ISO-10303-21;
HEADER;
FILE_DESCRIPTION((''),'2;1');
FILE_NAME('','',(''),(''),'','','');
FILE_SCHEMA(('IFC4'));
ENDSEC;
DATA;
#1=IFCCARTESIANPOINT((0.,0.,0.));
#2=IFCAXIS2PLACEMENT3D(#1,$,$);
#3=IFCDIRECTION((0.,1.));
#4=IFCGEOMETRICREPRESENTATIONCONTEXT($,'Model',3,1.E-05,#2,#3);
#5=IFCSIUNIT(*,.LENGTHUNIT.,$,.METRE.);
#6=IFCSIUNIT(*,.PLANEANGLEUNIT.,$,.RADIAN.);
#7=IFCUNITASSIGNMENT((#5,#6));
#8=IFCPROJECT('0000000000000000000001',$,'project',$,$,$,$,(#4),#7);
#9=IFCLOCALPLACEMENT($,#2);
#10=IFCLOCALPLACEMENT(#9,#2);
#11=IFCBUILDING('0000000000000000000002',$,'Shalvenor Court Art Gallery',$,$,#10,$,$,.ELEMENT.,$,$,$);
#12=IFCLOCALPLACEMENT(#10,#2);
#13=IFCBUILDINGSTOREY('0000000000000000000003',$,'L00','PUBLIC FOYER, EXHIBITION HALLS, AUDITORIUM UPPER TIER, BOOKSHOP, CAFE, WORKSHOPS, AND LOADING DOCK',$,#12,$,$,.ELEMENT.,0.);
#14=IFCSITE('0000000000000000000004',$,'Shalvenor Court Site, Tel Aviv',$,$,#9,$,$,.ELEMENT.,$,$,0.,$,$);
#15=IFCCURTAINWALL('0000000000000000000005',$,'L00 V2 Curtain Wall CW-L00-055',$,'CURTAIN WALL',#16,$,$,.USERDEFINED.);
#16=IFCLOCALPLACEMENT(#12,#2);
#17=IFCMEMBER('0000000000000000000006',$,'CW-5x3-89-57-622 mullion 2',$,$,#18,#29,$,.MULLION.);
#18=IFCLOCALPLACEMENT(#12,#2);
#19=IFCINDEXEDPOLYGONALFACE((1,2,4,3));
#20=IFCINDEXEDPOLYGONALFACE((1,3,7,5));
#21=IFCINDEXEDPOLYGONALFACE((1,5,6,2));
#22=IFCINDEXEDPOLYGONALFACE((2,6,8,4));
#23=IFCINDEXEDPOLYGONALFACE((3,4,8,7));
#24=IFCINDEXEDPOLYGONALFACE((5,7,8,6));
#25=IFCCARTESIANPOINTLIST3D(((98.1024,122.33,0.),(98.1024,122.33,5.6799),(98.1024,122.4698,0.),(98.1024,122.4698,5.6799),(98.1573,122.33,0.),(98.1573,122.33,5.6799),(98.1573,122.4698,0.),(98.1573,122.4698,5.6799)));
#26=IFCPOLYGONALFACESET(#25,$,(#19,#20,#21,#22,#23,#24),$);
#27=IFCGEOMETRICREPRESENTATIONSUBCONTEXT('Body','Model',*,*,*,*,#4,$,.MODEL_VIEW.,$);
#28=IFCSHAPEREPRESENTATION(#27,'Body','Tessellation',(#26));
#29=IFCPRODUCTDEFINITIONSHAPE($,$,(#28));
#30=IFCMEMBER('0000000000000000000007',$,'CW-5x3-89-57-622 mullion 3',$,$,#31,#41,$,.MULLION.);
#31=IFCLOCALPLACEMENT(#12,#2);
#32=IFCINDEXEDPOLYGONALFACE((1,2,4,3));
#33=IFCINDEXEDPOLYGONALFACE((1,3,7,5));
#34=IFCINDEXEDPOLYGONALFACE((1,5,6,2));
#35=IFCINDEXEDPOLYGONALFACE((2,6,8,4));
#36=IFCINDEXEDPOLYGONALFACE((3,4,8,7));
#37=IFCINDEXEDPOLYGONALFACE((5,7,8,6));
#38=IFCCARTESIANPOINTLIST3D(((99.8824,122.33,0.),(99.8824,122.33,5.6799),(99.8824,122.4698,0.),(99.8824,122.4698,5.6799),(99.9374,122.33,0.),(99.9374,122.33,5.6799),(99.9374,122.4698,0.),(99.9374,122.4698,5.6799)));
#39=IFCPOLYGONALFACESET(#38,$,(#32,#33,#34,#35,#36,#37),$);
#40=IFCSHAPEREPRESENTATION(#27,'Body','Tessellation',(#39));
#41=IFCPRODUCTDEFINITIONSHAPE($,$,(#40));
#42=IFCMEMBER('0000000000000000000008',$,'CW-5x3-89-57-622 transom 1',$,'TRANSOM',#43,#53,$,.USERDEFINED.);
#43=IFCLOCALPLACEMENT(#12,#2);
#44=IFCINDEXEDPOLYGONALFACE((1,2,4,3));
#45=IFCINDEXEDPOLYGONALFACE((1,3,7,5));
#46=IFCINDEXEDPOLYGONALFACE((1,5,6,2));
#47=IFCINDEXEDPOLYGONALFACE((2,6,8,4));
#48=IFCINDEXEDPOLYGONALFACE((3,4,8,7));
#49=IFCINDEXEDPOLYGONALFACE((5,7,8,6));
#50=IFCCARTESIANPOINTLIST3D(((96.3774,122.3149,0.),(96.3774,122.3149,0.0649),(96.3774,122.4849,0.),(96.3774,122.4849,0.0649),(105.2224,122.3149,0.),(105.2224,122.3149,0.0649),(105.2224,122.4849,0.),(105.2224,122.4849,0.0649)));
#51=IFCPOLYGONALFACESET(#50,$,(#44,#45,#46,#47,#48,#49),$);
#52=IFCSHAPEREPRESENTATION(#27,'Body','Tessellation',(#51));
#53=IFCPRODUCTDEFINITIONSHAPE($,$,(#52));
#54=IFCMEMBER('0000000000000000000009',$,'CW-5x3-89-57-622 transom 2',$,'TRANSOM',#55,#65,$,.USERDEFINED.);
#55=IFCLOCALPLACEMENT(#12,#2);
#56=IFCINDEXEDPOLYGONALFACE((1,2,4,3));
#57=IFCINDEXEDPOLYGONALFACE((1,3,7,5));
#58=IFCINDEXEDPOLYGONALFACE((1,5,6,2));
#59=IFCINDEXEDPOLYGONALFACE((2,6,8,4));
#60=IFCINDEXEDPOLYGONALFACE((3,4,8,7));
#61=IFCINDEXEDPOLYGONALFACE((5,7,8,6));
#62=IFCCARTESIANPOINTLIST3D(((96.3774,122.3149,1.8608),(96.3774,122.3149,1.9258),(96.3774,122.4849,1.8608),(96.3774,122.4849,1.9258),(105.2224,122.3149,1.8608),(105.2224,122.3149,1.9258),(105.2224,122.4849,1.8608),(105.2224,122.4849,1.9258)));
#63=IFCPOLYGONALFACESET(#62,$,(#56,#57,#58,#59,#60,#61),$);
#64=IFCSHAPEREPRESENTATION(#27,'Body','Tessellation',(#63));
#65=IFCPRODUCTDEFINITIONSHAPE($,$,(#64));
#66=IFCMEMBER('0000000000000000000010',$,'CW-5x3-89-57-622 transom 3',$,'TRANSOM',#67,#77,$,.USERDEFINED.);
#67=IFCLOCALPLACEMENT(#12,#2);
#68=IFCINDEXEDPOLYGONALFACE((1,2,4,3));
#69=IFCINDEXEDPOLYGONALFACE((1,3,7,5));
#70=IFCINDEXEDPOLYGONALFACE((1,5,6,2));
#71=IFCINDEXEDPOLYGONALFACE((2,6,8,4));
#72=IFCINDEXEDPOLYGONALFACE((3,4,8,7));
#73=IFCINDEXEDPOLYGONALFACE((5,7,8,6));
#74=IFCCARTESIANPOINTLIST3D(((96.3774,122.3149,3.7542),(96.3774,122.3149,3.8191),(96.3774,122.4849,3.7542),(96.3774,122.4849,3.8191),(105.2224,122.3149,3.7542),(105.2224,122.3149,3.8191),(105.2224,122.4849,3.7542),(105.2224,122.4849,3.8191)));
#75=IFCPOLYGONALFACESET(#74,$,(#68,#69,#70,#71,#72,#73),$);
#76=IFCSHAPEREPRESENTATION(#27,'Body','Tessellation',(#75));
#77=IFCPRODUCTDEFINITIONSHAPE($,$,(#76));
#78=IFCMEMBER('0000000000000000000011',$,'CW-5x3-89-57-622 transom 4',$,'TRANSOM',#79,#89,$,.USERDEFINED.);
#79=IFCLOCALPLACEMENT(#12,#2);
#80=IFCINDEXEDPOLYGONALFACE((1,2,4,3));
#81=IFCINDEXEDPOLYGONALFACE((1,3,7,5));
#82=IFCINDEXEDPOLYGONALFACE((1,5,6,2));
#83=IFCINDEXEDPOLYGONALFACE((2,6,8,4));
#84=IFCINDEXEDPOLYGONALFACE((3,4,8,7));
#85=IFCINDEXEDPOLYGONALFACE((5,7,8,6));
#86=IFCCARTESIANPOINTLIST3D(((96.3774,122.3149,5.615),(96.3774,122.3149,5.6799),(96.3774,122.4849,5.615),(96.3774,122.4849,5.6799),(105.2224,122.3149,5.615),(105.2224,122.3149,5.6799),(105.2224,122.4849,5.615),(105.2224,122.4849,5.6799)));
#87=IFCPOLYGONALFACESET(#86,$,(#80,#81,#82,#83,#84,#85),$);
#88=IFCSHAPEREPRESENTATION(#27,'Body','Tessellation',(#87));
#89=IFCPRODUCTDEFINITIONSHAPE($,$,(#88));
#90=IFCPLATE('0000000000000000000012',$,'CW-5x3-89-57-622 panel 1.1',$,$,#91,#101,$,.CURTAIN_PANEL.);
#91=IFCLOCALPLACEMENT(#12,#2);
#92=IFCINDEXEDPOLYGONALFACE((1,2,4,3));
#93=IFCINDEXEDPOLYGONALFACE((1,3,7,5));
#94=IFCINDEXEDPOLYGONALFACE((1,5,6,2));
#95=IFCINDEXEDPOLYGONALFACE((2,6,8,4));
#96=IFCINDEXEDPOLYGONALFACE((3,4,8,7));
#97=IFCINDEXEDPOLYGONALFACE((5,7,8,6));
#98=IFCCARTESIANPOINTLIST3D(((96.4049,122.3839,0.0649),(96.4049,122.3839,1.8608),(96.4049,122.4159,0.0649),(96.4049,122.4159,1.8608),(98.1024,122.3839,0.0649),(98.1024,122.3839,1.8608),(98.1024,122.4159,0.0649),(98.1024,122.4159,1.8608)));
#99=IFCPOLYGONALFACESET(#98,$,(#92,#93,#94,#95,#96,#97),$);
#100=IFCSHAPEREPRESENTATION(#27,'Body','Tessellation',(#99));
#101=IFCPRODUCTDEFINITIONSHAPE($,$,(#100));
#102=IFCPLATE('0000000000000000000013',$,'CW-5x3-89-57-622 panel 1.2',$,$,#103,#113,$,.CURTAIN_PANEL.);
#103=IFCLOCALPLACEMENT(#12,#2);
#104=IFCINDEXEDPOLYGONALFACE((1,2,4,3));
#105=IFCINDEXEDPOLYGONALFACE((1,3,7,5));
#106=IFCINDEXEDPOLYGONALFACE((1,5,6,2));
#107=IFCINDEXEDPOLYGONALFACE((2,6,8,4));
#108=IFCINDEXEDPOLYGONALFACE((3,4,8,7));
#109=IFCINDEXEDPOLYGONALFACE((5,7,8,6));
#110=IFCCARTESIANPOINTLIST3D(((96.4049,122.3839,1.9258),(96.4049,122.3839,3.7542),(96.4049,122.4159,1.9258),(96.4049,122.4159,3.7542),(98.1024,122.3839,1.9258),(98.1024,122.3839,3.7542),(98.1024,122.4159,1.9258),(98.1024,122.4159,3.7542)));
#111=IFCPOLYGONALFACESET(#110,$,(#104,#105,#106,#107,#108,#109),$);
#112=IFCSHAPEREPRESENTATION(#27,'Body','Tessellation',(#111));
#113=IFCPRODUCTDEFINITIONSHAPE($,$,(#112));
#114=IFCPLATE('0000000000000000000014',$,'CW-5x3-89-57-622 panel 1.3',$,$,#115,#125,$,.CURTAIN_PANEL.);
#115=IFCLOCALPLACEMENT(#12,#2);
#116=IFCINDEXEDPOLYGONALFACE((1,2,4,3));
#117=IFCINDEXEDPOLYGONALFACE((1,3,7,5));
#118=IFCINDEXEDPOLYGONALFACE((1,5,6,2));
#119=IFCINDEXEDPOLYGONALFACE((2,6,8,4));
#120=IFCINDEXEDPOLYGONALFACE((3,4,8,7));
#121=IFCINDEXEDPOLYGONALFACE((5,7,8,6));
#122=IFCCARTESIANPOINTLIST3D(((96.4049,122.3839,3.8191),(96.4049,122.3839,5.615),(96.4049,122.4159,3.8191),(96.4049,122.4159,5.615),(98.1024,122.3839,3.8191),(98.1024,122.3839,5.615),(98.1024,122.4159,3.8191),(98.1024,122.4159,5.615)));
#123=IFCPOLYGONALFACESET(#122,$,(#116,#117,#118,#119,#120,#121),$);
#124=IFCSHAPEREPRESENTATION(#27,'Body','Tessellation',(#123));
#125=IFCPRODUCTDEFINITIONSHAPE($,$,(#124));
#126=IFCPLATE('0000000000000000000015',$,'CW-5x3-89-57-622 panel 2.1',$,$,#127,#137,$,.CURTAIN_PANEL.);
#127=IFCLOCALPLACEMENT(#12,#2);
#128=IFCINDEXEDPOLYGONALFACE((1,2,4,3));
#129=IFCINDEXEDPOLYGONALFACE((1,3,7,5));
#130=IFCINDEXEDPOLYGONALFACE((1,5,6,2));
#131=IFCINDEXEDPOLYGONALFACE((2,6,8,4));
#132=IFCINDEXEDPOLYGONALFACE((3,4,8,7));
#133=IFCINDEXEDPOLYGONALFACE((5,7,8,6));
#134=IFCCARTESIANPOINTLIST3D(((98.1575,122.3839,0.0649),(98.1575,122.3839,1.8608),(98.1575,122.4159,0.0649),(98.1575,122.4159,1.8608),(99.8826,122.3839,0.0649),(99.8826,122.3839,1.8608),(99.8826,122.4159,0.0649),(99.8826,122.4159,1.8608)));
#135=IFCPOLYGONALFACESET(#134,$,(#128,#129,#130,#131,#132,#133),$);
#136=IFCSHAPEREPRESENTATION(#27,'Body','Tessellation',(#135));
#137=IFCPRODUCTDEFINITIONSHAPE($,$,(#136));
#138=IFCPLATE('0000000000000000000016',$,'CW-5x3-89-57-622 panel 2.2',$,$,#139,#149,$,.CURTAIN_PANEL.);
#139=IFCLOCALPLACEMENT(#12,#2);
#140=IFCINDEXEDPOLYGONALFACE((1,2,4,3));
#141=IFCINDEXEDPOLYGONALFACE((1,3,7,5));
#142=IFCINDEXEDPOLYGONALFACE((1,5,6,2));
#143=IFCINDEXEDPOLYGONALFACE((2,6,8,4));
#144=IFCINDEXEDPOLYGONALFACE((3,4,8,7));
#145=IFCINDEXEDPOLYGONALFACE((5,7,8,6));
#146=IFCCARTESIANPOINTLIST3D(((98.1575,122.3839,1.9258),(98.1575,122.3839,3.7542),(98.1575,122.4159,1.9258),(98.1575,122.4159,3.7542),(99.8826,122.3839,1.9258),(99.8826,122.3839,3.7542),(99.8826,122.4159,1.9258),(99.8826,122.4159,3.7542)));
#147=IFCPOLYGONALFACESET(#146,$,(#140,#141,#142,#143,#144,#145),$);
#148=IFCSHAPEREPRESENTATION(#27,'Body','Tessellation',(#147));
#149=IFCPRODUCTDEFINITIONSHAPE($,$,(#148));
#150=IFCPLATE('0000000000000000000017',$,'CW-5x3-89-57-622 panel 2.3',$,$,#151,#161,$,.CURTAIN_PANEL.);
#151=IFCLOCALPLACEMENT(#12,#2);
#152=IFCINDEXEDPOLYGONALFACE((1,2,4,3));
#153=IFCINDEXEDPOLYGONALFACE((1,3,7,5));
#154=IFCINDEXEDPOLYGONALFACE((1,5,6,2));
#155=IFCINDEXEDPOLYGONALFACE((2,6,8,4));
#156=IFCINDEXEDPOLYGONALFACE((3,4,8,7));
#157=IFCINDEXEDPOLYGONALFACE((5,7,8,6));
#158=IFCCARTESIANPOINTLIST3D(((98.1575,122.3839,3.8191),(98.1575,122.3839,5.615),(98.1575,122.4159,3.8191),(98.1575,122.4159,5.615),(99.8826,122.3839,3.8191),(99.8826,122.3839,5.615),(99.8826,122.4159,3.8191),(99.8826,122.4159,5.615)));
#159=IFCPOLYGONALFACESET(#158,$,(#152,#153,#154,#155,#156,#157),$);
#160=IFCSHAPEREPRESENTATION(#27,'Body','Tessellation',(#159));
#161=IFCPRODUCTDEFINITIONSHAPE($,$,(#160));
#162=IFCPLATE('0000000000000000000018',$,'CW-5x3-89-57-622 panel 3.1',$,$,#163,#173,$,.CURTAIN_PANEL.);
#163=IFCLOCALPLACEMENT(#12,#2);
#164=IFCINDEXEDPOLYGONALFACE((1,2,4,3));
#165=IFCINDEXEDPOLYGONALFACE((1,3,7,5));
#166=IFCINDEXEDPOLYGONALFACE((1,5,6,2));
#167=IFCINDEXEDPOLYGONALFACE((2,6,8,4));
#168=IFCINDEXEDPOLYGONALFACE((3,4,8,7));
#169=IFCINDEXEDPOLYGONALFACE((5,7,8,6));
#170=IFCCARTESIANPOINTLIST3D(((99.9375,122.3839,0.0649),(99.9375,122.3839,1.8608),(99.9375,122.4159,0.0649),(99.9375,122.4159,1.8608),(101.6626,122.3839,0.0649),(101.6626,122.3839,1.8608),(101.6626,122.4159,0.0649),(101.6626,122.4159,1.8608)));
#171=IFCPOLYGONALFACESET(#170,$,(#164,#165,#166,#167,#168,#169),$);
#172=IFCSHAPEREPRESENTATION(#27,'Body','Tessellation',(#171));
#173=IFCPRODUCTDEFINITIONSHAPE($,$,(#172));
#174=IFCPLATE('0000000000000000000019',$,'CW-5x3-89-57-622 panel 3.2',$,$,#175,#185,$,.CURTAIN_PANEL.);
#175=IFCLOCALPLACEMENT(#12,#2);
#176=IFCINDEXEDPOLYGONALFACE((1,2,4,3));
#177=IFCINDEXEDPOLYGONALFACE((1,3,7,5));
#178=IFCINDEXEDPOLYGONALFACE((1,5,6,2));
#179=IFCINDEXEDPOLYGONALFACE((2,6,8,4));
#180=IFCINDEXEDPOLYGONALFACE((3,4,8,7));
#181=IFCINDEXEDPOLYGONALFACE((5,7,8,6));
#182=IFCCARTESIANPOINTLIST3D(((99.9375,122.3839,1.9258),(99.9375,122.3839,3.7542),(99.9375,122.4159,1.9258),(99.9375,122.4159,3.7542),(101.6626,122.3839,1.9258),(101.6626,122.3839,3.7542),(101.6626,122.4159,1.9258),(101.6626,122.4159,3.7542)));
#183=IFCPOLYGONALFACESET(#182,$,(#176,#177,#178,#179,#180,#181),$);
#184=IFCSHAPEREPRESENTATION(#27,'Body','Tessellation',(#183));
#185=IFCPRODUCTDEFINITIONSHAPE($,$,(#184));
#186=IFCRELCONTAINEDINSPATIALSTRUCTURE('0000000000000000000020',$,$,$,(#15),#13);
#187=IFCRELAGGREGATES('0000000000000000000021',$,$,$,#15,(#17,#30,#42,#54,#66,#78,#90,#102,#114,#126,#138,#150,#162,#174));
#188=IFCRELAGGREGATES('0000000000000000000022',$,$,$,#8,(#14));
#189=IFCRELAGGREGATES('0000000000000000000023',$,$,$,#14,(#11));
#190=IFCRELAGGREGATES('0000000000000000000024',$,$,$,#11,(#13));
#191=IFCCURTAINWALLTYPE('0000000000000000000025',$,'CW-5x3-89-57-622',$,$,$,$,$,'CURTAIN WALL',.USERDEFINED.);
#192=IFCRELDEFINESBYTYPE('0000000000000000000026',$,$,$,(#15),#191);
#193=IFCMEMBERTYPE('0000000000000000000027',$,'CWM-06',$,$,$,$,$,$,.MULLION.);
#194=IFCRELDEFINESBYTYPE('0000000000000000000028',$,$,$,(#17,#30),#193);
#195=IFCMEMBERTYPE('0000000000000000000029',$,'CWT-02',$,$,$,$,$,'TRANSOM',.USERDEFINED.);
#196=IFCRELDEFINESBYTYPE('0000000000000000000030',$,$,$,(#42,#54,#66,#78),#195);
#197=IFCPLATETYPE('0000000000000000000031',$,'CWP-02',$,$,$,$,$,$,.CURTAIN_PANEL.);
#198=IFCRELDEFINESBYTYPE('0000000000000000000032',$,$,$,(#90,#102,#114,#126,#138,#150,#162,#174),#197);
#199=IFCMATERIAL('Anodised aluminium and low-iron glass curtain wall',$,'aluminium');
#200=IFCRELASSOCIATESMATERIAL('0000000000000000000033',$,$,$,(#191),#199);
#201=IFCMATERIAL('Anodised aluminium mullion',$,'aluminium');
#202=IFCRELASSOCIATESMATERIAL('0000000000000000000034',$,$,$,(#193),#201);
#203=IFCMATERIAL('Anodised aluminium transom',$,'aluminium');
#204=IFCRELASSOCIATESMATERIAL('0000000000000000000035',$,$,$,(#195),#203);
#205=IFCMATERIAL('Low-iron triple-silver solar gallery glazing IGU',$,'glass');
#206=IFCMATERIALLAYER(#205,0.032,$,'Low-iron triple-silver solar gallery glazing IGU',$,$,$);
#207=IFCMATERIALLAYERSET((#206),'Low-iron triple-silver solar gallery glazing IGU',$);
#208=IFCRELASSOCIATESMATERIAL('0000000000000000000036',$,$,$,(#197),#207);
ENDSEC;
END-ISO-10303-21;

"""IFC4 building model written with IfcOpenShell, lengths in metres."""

from ifc_helpers import new_model, si_unit, direction, frame, origin, origin_2d, place, context, subcontext, project, spatial, rectangle, extrude, material, layer, layer_set, material_profile, profile_set, type_object, element, aggregate, save


model = new_model("IFC4")

# Units and contexts
model_context = context("Model", 3, precision=1e-05, world=origin(), true_north=direction((0.0, 1.0)))
body_context = subcontext(model_context, "Body", "Model", "MODEL_VIEW")
ifc_project = project(units=[si_unit("LENGTHUNIT", "METRE"), si_unit("PLANEANGLEUNIT", "RADIAN")], contexts=[model_context])

# Site, building, storey
site_placement = place(None, origin())
site = spatial("IfcSite", under=ifc_project, at=site_placement, Name="Shalvenor Court Site, Tel Aviv", CompositionType="ELEMENT", RefElevation=0.0)
building_placement = place(site_placement, origin())
building = spatial("IfcBuilding", under=site, at=building_placement, Name="Shalvenor Court Art Gallery", CompositionType="ELEMENT")
storey_placement = place(building_placement, origin())
storey = spatial("IfcBuildingStorey", under=building, at=storey_placement, Name="L00", Description="PUBLIC FOYER, EXHIBITION HALLS, AUDITORIUM UPPER TIER, BOOKSHOP, CAFE, WORKSHOPS, AND LOADING DOCK", CompositionType="ELEMENT", Elevation=0.0)

# Curtain wall, members, plates
ifc_material_1 = material(Name="Anodised aluminium and low-iron glass curtain wall", Category="aluminium")
curtain_wall_type = type_object("IfcCurtainWallType", Name="CW-5x3-89-57-622", ElementType="CURTAIN WALL", PredefinedType="USERDEFINED", material=ifc_material_1)
curtain_wall_placement = place(storey_placement, origin())
curtain_wall = element("IfcCurtainWall", 1, at=curtain_wall_placement, inside=storey, type_object=curtain_wall_type, Name="L00 V2 Curtain Wall CW-L00-055", ObjectType="CURTAIN WALL", PredefinedType="USERDEFINED")
ifc_material_2 = material(Name="Anodised aluminium mullion", Category="aluminium")
ifc_material_profile_1 = material_profile(ifc_material_2, rectangle(XDim=0.0549, YDim=0.1399, at=origin_2d()), Name="CWM-06")
ifc_profile_set_1 = profile_set([ifc_material_profile_1], Name="Anodised aluminium mullion")
member_type_1 = type_object("IfcMemberType", Name="CWM-06", PredefinedType="MULLION", material=ifc_profile_set_1)
member_1_placement = place(storey_placement, frame((98.1299, 122.3999, 0.0), z_axis=(0.0, 0.0, 1.0), x_axis=(1.0, 0.0, 0.0)))
member_1 = element("IfcMember", 2, at=member_1_placement, type_object=member_type_1, Name="CW-5x3-89-57-622 mullion 2", PredefinedType="MULLION", context=body_context, shape_type="SweptSolid", body=[
    extrude(rectangle(XDim=0.0549, YDim=0.1399, at=origin_2d()), origin(), (0.0, 0.0, 1.0), 5.6799),
])
member_2_placement = place(storey_placement, frame((99.9099, 122.3999, 0.0), z_axis=(0.0, 0.0, 1.0), x_axis=(1.0, 0.0, 0.0)))
member_2 = element("IfcMember", 3, at=member_2_placement, type_object=member_type_1, Name="CW-5x3-89-57-622 mullion 3", PredefinedType="MULLION", context=body_context, shape_type="SweptSolid", body=[
    extrude(rectangle(XDim=0.0549, YDim=0.1399, at=origin_2d()), origin(), (0.0, 0.0, 1.0), 5.6799),
])
ifc_material_3 = material(Name="Anodised aluminium transom", Category="aluminium")
ifc_material_profile_2 = material_profile(ifc_material_3, rectangle(XDim=0.1699, YDim=0.0649, at=origin_2d()), Name="CWT-02")
ifc_profile_set_2 = profile_set([ifc_material_profile_2], Name="Anodised aluminium transom")
member_type_2 = type_object("IfcMemberType", Name="CWT-02", ElementType="TRANSOM", PredefinedType="USERDEFINED", material=ifc_profile_set_2)
member_3_placement = place(storey_placement, frame((96.3774, 122.3999, 0.0325), z_axis=(1.0, 0.0, 0.0), x_axis=(0.0, 1.0, 0.0)))
member_3 = element("IfcMember", 4, at=member_3_placement, type_object=member_type_2, Name="CW-5x3-89-57-622 transom 1", ObjectType="TRANSOM", PredefinedType="USERDEFINED", context=body_context, shape_type="SweptSolid", body=[
    extrude(rectangle(XDim=0.1699, YDim=0.0649, at=origin_2d()), origin(), (0.0, 0.0, 1.0), 8.845),
])
member_4_placement = place(storey_placement, frame((96.3774, 122.3999, 1.8933), z_axis=(1.0, 0.0, 0.0), x_axis=(0.0, 1.0, 0.0)))
member_4 = element("IfcMember", 5, at=member_4_placement, type_object=member_type_2, Name="CW-5x3-89-57-622 transom 2", ObjectType="TRANSOM", PredefinedType="USERDEFINED", context=body_context, shape_type="SweptSolid", body=[
    extrude(rectangle(XDim=0.1699, YDim=0.0649, at=origin_2d()), origin(), (0.0, 0.0, 1.0), 8.845),
])
member_5_placement = place(storey_placement, frame((96.3774, 122.3999, 3.7866), z_axis=(1.0, 0.0, 0.0), x_axis=(0.0, 1.0, 0.0)))
member_5 = element("IfcMember", 6, at=member_5_placement, type_object=member_type_2, Name="CW-5x3-89-57-622 transom 3", ObjectType="TRANSOM", PredefinedType="USERDEFINED", context=body_context, shape_type="SweptSolid", body=[
    extrude(rectangle(XDim=0.1699, YDim=0.0649, at=origin_2d()), origin(), (0.0, 0.0, 1.0), 8.845),
])
member_6_placement = place(storey_placement, frame((96.3774, 122.3999, 5.6475), z_axis=(1.0, 0.0, 0.0), x_axis=(0.0, 1.0, 0.0)))
member_6 = element("IfcMember", 7, at=member_6_placement, type_object=member_type_2, Name="CW-5x3-89-57-622 transom 4", ObjectType="TRANSOM", PredefinedType="USERDEFINED", context=body_context, shape_type="SweptSolid", body=[
    extrude(rectangle(XDim=0.1699, YDim=0.0649, at=origin_2d()), origin(), (0.0, 0.0, 1.0), 8.845),
])
ifc_material_4 = material(Name="Low-iron triple-silver solar gallery glazing IGU", Category="glass")
ifc_layer_1 = layer(ifc_material_4, 0.032, Name="Low-iron triple-silver solar gallery glazing IGU")
ifc_layer_set_1 = layer_set([ifc_layer_1], Name="Low-iron triple-silver solar gallery glazing IGU")
plate_type_1 = type_object("IfcPlateType", Name="CWP-02", PredefinedType="CURTAIN_PANEL", material=ifc_layer_set_1)
plate_1_placement = place(storey_placement, frame((97.2537, 122.3999, 0.0649), z_axis=(0.0, 0.0, 1.0), x_axis=(1.0, 0.0, 0.0)))
plate_1 = element("IfcPlate", 8, at=plate_1_placement, type_object=plate_type_1, Name="CW-5x3-89-57-622 panel 1.1", PredefinedType="CURTAIN_PANEL", context=body_context, shape_type="SweptSolid", body=[
    extrude(rectangle(XDim=1.6975, YDim=0.032, at=origin_2d()), origin(), (0.0, 0.0, 1.0), 1.7959),
])
plate_2_placement = place(storey_placement, frame((97.2537, 122.3999, 1.9258), z_axis=(0.0, 0.0, 1.0), x_axis=(1.0, 0.0, 0.0)))
plate_2 = element("IfcPlate", 9, at=plate_2_placement, type_object=plate_type_1, Name="CW-5x3-89-57-622 panel 1.2", PredefinedType="CURTAIN_PANEL", context=body_context, shape_type="SweptSolid", body=[
    extrude(rectangle(XDim=1.6975, YDim=0.032, at=origin_2d()), origin(), (0.0, 0.0, 1.0), 1.8284),
])
plate_3_placement = place(storey_placement, frame((97.2537, 122.3999, 3.8191), z_axis=(0.0, 0.0, 1.0), x_axis=(1.0, 0.0, 0.0)))
plate_3 = element("IfcPlate", 10, at=plate_3_placement, type_object=plate_type_1, Name="CW-5x3-89-57-622 panel 1.3", PredefinedType="CURTAIN_PANEL", context=body_context, shape_type="SweptSolid", body=[
    extrude(rectangle(XDim=1.6975, YDim=0.032, at=origin_2d()), origin(), (0.0, 0.0, 1.0), 1.7959),
])
plate_4_placement = place(storey_placement, frame((99.02, 122.3999, 0.0649), z_axis=(0.0, 0.0, 1.0), x_axis=(1.0, 0.0, 0.0)))
plate_4 = element("IfcPlate", 11, at=plate_4_placement, type_object=plate_type_1, Name="CW-5x3-89-57-622 panel 2.1", PredefinedType="CURTAIN_PANEL", context=body_context, shape_type="SweptSolid", body=[
    extrude(rectangle(XDim=1.7251, YDim=0.032, at=origin_2d()), origin(), (0.0, 0.0, 1.0), 1.7959),
])
plate_5_placement = place(storey_placement, frame((99.02, 122.3999, 1.9258), z_axis=(0.0, 0.0, 1.0), x_axis=(1.0, 0.0, 0.0)))
plate_5 = element("IfcPlate", 12, at=plate_5_placement, type_object=plate_type_1, Name="CW-5x3-89-57-622 panel 2.2", PredefinedType="CURTAIN_PANEL", context=body_context, shape_type="SweptSolid", body=[
    extrude(rectangle(XDim=1.7251, YDim=0.032, at=origin_2d()), origin(), (0.0, 0.0, 1.0), 1.8284),
])
plate_6_placement = place(storey_placement, frame((99.02, 122.3999, 3.8191), z_axis=(0.0, 0.0, 1.0), x_axis=(1.0, 0.0, 0.0)))
plate_6 = element("IfcPlate", 13, at=plate_6_placement, type_object=plate_type_1, Name="CW-5x3-89-57-622 panel 2.3", PredefinedType="CURTAIN_PANEL", context=body_context, shape_type="SweptSolid", body=[
    extrude(rectangle(XDim=1.7251, YDim=0.032, at=origin_2d()), origin(), (0.0, 0.0, 1.0), 1.7959),
])
plate_7_placement = place(storey_placement, frame((100.8, 122.3999, 0.0649), z_axis=(0.0, 0.0, 1.0), x_axis=(1.0, 0.0, 0.0)))
plate_7 = element("IfcPlate", 14, at=plate_7_placement, type_object=plate_type_1, Name="CW-5x3-89-57-622 panel 3.1", PredefinedType="CURTAIN_PANEL", context=body_context, shape_type="SweptSolid", body=[
    extrude(rectangle(XDim=1.7251, YDim=0.032, at=origin_2d()), origin(), (0.0, 0.0, 1.0), 1.7959),
])
plate_8_placement = place(storey_placement, frame((100.8, 122.3999, 1.9258), z_axis=(0.0, 0.0, 1.0), x_axis=(1.0, 0.0, 0.0)))
plate_8 = element("IfcPlate", 15, at=plate_8_placement, type_object=plate_type_1, Name="CW-5x3-89-57-622 panel 3.2", PredefinedType="CURTAIN_PANEL", context=body_context, shape_type="SweptSolid", body=[
    extrude(rectangle(XDim=1.7251, YDim=0.032, at=origin_2d()), origin(), (0.0, 0.0, 1.0), 1.8284),
])
aggregate(curtain_wall, [member_1, member_2, member_3, member_4, member_5, member_6, plate_1, plate_2, plate_3, plate_4, plate_5, plate_6, plate_7, plate_8])

save(model, "model.ifc")
